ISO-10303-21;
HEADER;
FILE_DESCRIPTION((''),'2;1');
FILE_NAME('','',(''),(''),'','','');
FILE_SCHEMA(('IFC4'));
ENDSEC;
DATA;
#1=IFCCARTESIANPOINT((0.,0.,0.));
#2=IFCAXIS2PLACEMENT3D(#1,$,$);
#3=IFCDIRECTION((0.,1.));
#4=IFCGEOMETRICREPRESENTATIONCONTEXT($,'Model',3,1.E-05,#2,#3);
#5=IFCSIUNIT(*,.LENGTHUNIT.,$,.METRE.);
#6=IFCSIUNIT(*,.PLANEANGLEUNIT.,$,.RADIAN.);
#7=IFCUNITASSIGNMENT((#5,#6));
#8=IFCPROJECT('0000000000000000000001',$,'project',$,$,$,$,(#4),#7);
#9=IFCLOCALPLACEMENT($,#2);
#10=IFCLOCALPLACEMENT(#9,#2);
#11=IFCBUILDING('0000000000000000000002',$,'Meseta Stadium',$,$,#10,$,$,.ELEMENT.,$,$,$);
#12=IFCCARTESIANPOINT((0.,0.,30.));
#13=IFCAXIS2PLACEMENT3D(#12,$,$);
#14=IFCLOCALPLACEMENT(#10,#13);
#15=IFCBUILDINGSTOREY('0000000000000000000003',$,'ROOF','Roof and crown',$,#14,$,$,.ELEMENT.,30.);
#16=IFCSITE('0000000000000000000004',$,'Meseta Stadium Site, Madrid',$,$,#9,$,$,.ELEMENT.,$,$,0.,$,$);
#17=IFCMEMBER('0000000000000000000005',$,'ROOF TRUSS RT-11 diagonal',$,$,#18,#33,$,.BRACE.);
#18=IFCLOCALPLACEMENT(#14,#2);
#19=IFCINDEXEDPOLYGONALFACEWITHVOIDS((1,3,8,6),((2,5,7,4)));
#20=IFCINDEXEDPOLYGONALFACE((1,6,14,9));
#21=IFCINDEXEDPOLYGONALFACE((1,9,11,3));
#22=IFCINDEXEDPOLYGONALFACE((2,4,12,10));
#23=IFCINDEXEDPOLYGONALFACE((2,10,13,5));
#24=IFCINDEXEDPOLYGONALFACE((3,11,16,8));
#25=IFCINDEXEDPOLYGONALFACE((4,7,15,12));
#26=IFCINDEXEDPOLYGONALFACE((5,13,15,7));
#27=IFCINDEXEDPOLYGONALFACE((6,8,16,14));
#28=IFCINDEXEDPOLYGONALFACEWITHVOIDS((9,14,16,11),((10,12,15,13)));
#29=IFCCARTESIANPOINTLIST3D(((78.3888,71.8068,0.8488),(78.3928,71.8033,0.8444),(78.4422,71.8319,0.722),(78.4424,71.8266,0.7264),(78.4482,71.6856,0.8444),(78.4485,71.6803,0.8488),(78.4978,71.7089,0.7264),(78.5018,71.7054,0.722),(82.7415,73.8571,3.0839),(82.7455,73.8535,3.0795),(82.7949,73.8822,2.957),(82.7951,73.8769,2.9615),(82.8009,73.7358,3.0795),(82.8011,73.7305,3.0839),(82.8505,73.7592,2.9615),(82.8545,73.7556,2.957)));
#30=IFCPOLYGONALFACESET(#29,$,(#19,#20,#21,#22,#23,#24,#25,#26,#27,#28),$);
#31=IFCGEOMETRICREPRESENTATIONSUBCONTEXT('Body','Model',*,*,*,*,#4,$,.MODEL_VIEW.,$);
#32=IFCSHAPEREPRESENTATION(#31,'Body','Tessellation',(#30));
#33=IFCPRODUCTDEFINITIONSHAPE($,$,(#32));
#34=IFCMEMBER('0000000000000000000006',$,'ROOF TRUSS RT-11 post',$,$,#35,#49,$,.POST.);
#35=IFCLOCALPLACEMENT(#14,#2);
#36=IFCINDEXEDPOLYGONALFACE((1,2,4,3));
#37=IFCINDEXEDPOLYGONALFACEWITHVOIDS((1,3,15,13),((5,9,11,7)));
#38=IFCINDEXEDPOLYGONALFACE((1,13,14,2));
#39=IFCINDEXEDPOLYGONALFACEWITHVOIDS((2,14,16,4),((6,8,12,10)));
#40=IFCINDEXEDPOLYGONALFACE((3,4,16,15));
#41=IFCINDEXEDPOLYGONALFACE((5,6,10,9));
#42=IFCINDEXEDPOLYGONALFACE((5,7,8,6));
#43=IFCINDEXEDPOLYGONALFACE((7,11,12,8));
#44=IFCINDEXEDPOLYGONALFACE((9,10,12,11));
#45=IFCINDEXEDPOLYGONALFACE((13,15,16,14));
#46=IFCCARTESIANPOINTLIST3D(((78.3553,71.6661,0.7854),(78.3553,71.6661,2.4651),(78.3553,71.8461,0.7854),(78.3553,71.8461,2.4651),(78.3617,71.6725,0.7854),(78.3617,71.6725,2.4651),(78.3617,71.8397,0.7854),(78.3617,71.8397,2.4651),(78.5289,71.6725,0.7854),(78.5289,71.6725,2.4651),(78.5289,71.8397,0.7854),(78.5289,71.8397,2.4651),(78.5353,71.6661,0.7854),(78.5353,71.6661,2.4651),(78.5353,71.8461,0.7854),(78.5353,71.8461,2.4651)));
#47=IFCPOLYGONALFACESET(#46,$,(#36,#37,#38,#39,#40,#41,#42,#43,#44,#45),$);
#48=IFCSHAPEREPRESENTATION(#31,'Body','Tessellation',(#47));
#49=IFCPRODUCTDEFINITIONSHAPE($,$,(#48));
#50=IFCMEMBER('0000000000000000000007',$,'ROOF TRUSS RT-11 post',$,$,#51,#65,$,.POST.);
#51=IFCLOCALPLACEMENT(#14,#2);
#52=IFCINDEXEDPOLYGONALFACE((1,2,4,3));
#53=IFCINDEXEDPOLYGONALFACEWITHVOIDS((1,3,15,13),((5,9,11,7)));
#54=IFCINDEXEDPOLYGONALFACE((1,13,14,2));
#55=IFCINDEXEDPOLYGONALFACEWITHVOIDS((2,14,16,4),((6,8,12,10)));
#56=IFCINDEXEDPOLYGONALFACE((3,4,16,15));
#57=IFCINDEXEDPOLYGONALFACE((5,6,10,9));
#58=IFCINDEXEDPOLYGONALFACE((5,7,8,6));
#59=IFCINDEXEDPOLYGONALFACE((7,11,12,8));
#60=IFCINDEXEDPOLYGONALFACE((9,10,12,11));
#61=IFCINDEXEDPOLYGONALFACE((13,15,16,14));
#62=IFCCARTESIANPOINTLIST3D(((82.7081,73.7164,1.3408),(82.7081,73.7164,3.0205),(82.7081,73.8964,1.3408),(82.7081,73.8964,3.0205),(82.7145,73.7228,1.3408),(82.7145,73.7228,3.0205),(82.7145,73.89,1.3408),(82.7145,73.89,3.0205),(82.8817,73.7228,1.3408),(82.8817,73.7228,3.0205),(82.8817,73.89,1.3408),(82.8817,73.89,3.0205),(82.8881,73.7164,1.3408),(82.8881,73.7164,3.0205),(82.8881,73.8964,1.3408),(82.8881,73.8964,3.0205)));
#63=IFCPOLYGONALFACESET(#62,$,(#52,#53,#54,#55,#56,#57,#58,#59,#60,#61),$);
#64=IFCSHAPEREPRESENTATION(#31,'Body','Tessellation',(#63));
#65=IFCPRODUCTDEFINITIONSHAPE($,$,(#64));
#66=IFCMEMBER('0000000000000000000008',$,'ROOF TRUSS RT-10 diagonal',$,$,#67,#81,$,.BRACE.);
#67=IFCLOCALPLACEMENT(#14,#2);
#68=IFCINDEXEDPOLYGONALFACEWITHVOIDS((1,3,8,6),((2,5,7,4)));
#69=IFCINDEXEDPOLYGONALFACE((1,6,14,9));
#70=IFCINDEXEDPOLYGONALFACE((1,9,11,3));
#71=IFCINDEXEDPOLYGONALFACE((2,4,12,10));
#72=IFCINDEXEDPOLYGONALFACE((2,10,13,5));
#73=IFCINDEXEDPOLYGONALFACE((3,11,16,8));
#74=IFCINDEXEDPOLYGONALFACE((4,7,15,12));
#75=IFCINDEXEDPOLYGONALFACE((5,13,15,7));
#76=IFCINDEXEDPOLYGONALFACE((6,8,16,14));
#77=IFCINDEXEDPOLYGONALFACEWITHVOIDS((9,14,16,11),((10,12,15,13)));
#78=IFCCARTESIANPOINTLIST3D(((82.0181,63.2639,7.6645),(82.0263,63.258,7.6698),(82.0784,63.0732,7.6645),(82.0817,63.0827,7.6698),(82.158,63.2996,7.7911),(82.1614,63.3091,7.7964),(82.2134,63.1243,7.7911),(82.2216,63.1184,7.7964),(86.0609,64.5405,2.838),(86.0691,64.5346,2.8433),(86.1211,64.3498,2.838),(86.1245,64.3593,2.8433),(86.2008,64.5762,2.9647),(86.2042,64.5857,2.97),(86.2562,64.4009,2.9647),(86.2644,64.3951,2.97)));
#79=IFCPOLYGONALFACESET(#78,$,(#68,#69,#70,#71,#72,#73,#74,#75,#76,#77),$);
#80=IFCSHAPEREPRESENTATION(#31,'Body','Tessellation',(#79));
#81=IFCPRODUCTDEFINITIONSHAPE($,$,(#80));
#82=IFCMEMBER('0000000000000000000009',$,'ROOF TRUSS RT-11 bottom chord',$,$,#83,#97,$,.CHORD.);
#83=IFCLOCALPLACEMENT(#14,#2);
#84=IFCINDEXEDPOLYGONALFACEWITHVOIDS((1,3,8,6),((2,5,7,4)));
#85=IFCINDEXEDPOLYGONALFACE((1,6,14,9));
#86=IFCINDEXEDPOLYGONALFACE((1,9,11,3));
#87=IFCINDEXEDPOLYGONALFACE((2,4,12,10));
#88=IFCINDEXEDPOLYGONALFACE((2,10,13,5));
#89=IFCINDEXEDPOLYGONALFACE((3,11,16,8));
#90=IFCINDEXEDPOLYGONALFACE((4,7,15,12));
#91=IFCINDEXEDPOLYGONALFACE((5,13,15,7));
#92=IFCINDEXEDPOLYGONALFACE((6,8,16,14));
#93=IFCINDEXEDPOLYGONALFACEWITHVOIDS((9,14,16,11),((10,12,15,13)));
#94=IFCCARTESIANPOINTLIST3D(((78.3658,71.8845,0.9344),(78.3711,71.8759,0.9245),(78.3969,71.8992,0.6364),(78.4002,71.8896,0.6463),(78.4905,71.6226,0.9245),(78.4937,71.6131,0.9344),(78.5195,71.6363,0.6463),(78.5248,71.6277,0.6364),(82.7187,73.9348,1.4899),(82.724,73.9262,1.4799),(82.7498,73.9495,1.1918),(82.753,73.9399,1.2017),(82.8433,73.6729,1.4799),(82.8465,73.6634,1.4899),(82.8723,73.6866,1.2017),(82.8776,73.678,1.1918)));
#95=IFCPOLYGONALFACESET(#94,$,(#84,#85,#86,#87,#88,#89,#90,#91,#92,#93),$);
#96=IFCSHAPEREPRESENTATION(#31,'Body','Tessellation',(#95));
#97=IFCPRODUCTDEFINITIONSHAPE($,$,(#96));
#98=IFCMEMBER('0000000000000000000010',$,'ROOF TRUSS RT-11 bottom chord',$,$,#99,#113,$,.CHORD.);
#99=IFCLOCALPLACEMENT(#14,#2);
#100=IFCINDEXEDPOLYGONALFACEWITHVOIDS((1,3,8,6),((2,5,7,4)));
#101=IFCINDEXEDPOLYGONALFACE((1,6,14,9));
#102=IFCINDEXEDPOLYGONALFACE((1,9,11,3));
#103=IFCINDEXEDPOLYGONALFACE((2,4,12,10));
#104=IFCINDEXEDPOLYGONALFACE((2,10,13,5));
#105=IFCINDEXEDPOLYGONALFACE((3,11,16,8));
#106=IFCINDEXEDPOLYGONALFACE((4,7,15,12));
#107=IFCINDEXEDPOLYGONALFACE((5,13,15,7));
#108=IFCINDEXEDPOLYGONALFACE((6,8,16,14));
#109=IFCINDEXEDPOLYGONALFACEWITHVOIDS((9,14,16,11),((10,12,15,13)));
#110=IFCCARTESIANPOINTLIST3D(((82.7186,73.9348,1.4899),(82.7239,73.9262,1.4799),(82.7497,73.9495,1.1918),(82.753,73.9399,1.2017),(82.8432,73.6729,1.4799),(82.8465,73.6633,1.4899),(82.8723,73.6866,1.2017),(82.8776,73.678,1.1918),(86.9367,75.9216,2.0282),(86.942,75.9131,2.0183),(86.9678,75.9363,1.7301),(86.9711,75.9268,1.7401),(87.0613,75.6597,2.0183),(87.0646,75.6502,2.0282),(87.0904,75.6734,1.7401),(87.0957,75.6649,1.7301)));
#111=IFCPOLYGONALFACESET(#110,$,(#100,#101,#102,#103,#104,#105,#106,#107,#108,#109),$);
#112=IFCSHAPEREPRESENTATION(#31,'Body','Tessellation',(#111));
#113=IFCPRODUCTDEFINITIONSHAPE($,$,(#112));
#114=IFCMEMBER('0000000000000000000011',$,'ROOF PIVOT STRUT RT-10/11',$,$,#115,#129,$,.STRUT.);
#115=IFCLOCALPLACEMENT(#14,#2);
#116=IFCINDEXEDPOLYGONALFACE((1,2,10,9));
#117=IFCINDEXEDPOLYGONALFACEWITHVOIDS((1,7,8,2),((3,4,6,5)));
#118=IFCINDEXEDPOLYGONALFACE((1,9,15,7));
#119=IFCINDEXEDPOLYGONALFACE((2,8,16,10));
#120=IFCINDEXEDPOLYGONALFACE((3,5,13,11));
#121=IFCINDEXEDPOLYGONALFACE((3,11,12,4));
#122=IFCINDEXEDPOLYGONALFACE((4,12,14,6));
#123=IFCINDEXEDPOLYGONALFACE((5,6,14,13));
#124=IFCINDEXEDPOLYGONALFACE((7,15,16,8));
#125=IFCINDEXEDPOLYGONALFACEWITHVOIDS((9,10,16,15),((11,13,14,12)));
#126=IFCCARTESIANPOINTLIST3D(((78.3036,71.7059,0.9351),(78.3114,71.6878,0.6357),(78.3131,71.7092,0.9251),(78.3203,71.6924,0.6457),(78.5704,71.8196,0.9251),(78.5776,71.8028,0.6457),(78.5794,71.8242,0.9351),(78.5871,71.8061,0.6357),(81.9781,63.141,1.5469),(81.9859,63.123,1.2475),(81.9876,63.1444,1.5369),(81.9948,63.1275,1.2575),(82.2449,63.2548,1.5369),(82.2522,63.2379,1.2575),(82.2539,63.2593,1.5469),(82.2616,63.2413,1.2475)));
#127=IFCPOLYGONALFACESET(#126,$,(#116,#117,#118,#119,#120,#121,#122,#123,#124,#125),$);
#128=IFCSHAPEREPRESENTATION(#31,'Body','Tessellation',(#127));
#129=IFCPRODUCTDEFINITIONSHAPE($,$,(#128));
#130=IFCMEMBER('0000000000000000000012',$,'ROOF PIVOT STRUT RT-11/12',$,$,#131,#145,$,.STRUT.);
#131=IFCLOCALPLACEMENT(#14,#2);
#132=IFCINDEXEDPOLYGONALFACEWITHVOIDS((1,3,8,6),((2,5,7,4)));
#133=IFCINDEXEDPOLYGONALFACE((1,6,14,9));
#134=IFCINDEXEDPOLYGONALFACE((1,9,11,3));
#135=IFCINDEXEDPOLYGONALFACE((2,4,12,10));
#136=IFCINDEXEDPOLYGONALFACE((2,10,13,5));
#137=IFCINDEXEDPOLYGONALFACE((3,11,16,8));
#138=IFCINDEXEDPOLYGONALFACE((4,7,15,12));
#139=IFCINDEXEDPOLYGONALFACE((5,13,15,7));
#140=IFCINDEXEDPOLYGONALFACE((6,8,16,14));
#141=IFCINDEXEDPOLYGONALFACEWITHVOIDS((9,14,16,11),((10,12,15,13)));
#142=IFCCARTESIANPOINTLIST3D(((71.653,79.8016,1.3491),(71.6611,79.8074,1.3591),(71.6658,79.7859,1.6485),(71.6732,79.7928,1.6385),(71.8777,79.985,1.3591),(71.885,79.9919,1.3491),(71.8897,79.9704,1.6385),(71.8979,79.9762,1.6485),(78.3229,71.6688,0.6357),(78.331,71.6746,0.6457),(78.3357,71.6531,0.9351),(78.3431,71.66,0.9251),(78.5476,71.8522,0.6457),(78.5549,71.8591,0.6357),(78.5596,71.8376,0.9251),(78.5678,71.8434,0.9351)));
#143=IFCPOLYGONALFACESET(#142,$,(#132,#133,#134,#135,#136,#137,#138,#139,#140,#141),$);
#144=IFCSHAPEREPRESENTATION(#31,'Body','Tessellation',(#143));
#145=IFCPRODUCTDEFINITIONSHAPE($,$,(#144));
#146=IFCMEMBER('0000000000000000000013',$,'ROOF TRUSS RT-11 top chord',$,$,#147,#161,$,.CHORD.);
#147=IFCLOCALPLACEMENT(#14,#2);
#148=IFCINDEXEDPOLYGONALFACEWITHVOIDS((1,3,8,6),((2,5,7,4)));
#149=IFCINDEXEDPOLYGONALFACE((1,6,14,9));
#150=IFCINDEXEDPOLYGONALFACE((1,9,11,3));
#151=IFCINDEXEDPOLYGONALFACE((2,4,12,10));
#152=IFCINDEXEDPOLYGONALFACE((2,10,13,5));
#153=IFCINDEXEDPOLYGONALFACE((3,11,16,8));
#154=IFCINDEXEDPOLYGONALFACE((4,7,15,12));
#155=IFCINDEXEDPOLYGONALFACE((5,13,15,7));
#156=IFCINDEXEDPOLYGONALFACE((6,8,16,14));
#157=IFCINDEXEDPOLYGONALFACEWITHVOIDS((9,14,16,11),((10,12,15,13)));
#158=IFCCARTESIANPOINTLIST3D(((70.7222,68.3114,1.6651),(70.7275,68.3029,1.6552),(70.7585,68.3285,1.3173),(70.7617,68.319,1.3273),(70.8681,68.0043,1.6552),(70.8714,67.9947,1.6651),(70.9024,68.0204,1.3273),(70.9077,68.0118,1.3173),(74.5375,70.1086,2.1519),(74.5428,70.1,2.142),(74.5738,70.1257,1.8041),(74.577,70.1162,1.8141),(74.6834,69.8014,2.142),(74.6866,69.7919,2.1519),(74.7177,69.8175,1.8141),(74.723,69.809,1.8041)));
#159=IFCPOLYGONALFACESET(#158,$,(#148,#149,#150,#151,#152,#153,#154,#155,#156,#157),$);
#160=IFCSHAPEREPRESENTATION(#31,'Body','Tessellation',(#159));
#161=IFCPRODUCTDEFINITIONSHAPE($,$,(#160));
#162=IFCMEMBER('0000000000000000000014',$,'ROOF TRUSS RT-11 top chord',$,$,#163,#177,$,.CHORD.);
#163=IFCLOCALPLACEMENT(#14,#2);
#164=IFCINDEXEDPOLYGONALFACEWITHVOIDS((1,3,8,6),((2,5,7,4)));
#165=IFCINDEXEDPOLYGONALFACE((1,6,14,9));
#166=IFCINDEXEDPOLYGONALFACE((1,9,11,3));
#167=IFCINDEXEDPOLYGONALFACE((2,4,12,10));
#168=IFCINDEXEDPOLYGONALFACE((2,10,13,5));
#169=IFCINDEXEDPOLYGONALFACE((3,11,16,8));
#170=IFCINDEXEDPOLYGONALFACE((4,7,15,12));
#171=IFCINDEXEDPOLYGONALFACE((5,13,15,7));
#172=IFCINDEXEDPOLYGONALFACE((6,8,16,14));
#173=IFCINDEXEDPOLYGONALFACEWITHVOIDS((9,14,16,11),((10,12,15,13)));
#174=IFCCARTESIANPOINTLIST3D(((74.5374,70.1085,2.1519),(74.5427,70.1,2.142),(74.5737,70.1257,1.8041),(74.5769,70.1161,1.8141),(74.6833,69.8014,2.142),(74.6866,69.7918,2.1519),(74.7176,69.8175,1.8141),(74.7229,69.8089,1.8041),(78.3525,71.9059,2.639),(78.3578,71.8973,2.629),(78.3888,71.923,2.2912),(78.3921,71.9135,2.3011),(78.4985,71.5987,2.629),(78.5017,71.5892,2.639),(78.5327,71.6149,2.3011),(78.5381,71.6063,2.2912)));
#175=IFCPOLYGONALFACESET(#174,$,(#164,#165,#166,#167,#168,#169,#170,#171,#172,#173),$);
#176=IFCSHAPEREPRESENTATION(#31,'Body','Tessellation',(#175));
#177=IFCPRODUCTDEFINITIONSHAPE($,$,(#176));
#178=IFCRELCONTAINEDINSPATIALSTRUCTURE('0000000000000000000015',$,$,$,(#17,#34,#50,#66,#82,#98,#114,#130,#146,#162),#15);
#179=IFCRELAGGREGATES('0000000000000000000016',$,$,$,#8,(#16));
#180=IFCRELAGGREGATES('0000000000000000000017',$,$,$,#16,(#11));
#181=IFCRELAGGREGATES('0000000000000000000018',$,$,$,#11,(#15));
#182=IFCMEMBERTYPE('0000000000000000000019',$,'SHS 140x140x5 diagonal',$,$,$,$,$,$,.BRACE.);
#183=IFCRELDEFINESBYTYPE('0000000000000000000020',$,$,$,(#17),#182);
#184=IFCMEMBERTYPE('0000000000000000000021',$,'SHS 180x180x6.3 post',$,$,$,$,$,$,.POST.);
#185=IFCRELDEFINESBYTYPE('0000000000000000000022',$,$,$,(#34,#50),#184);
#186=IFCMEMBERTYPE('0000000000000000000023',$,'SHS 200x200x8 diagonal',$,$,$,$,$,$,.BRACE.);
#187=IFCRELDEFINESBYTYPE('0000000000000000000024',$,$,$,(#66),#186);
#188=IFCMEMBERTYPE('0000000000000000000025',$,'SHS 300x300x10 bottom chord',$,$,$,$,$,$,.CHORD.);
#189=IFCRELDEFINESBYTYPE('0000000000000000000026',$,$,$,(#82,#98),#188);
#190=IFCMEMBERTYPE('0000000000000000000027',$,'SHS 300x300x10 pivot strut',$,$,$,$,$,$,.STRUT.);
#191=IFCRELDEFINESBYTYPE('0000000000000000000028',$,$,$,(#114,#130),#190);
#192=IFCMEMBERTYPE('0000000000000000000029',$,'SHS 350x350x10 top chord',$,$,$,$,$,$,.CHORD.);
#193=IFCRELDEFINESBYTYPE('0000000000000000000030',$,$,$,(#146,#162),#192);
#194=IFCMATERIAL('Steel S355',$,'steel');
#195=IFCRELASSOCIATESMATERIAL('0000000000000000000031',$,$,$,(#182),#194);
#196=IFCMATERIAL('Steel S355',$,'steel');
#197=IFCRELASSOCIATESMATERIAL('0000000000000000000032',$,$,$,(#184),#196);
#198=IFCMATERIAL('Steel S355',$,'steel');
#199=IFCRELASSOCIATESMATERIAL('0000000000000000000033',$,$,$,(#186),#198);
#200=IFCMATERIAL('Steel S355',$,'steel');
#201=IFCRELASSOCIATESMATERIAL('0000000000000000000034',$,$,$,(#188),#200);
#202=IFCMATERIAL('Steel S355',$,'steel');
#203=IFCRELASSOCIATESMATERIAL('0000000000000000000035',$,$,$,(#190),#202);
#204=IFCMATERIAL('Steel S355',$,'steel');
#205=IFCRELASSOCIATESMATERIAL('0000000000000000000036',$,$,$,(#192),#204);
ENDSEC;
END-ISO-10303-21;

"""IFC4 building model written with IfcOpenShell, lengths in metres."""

from ifc_helpers import new_model, si_unit, direction, frame, origin, origin_2d, place, context, subcontext, project, spatial, hollow_rectangle, extrude, material, material_profile, profile_set, type_object, element, save


model = new_model("IFC4")

# Units and contexts
model_context = context("Model", 3, precision=1e-05, world=origin(), true_north=direction((0.0, 1.0)))
body_context = subcontext(model_context, "Body", "Model", "MODEL_VIEW")
ifc_project = project(units=[si_unit("LENGTHUNIT", "METRE"), si_unit("PLANEANGLEUNIT", "RADIAN")], contexts=[model_context])

# Site, building, storey
site_placement = place(None, origin())
site = spatial("IfcSite", under=ifc_project, at=site_placement, Name="Meseta Stadium Site, Madrid", CompositionType="ELEMENT", RefElevation=0.0)
building_placement = place(site_placement, origin())
building = spatial("IfcBuilding", under=site, at=building_placement, Name="Meseta Stadium", CompositionType="ELEMENT")
storey_placement = place(building_placement, frame((0.0, 0.0, 30.0)))
storey = spatial("IfcBuildingStorey", under=building, at=storey_placement, Name="ROOF", Description="Roof and crown", CompositionType="ELEMENT", Elevation=30.0)

# Members
ifc_material_1 = material(Name="Steel S355", Category="steel")
ifc_material_profile_1 = material_profile(ifc_material_1, hollow_rectangle(XDim=0.1399, YDim=0.1399, WallThickness=0.0049, at=origin_2d()), Name="SHS 140x140x5")
ifc_profile_set_1 = profile_set([ifc_material_profile_1], Name="Steel S355")
member_type_1 = type_object("IfcMemberType", Name="SHS 140x140x5 diagonal", PredefinedType="BRACE", material=ifc_profile_set_1)
member_1_placement = place(storey_placement, frame((78.4453, 71.7561, 0.7854), z_axis=(0.820461, 0.386462, 0.421298), x_axis=(-0.426124, 0.904665, 0.0)))
element("IfcMember", 1, at=member_1_placement, inside=storey, type_object=member_type_1, Name="ROOF TRUSS RT-11 diagonal", PredefinedType="BRACE", context=body_context, shape_type="SweptSolid", body=[
    extrude(hollow_rectangle(XDim=0.1399, YDim=0.1399, WallThickness=0.0049, at=origin_2d()), origin(), (0.0, 0.0, 1.0), 5.3052),
])
ifc_material_2 = material(Name="Steel S355", Category="steel")
ifc_material_profile_2 = material_profile(ifc_material_2, hollow_rectangle(XDim=0.1799, YDim=0.1799, WallThickness=0.0063, at=origin_2d()), Name="SHS 180x180x6.3")
ifc_profile_set_2 = profile_set([ifc_material_profile_2], Name="Steel S355")
member_type_2 = type_object("IfcMemberType", Name="SHS 180x180x6.3 post", PredefinedType="POST", material=ifc_profile_set_2)
for number, where, z_axis, x_axis, name in (
    (2, (78.4453, 71.7561, 0.7854), (0.0, 0.0, 1.0), (1.0, 0.0, 0.0), "ROOF TRUSS RT-11 post"),
    (3, (82.7981, 73.8064, 1.3408), (0.0, 0.0, 1.0), (1.0, 0.0, 0.0), "ROOF TRUSS RT-11 post"),
):
    element("IfcMember", number, at=place(storey_placement, frame(where, z_axis=z_axis, x_axis=x_axis)), inside=storey, type_object=member_type_2, Name=name, PredefinedType="POST", context=body_context, shape_type="SweptSolid", body=[
        extrude(hollow_rectangle(XDim=0.1799, YDim=0.1799, WallThickness=0.0063, at=origin_2d()), origin(), (0.0, 0.0, 1.0), 1.6797),
    ])
ifc_material_3 = material(Name="Steel S355", Category="steel")
ifc_material_profile_3 = material_profile(ifc_material_3, hollow_rectangle(XDim=0.2, YDim=0.2, WallThickness=0.0081, at=origin_2d()), Name="SHS 200x200x8")
ifc_profile_set_3 = profile_set([ifc_material_profile_3], Name="Steel S355")
member_type_3 = type_object("IfcMemberType", Name="SHS 200x200x8 diagonal", PredefinedType="BRACE", material=ifc_profile_set_3)
member_2_placement = place(storey_placement, frame((82.1199, 63.1912, 7.7305), z_axis=(0.629317, 0.198726, -0.751311), x_axis=(-0.301123, 0.953585, 0.0)))
element("IfcMember", 4, at=member_2_placement, inside=storey, type_object=member_type_3, Name="ROOF TRUSS RT-10 diagonal", PredefinedType="BRACE", context=body_context, shape_type="SweptSolid", body=[
    extrude(hollow_rectangle(XDim=0.2, YDim=0.2, WallThickness=0.0081, at=origin_2d()), origin(), (0.0, 0.0, 1.0), 6.4241),
])
ifc_material_4 = material(Name="Steel S355", Category="steel")
ifc_material_profile_4 = material_profile(ifc_material_4, hollow_rectangle(XDim=0.3, YDim=0.3, WallThickness=0.01, at=origin_2d()), Name="SHS 300x300x10")
ifc_profile_set_4 = profile_set([ifc_material_profile_4], Name="Steel S355")
member_type_4 = type_object("IfcMemberType", Name="SHS 300x300x10 bottom chord", PredefinedType="CHORD", material=ifc_profile_set_4)
member_3_placement = place(storey_placement, frame((78.4453, 71.7561, 0.7854), z_axis=(0.898697, 0.423313, 0.114675), x_axis=(-0.426124, 0.904665, 0.0)))
element("IfcMember", 5, at=member_3_placement, inside=storey, type_object=member_type_4, Name="ROOF TRUSS RT-11 bottom chord", PredefinedType="CHORD", context=body_context, shape_type="SweptSolid", body=[
    extrude(hollow_rectangle(XDim=0.3, YDim=0.3, WallThickness=0.01, at=origin_2d()), origin(), (0.0, 0.0, 1.0), 4.8435),
])
member_4_placement = place(storey_placement, frame((82.7981, 73.8064, 1.3408), z_axis=(0.898694, 0.423313, 0.114697), x_axis=(-0.426125, 0.904664, 0.0)))
element("IfcMember", 6, at=member_4_placement, inside=storey, type_object=member_type_4, Name="ROOF TRUSS RT-11 bottom chord", PredefinedType="CHORD", context=body_context, shape_type="SweptSolid", body=[
    extrude(hollow_rectangle(XDim=0.3, YDim=0.3, WallThickness=0.01, at=origin_2d()), origin(), (0.0, 0.0, 1.0), 4.6936),
])
ifc_material_5 = material(Name="Steel S355", Category="steel")
ifc_material_profile_5 = material_profile(ifc_material_5, hollow_rectangle(XDim=0.3, YDim=0.3, WallThickness=0.01, at=origin_2d()), Name="SHS 300x300x10")
ifc_profile_set_5 = profile_set([ifc_material_profile_5], Name="Steel S355")
member_type_5 = type_object("IfcMemberType", Name="SHS 300x300x10 pivot strut", PredefinedType="STRUT", material=ifc_profile_set_5)
member_5_placement = place(storey_placement, frame((82.1199, 63.1912, 1.3972), z_axis=(-0.393423, 0.917021, -0.065505), x_axis=(-0.918995, -0.39427, 0.0)))
element("IfcMember", 7, at=member_5_placement, inside=storey, type_object=member_type_5, Name="ROOF PIVOT STRUT RT-10/11", PredefinedType="STRUT", context=body_context, shape_type="SweptSolid", body=[
    extrude(hollow_rectangle(XDim=0.3, YDim=0.3, WallThickness=0.01, at=origin_2d()), origin(), (0.0, 0.0, 1.0), 9.3398),
])
member_6_placement = place(storey_placement, frame((78.4453, 71.7561, 0.7854), z_axis=(-0.632684, 0.771448, 0.067668), x_axis=(-0.77322, -0.634137, 0.0)))
element("IfcMember", 8, at=member_6_placement, inside=storey, type_object=member_type_5, Name="ROOF PIVOT STRUT RT-11/12", PredefinedType="STRUT", context=body_context, shape_type="SweptSolid", body=[
    extrude(hollow_rectangle(XDim=0.3, YDim=0.3, WallThickness=0.01, at=origin_2d()), origin(), (0.0, 0.0, 1.0), 10.5422),
])
ifc_material_6 = material(Name="Steel S355", Category="steel")
ifc_material_profile_6 = material_profile(ifc_material_6, hollow_rectangle(XDim=0.3501, YDim=0.3501, WallThickness=0.01, at=origin_2d()), Name="SHS 350x350x10")
ifc_profile_set_6 = profile_set([ifc_material_profile_6], Name="Steel S355")
member_type_6 = type_object("IfcMemberType", Name="SHS 350x350x10 top chord", PredefinedType="CHORD", material=ifc_profile_set_6)
for number, where, z_axis, x_axis, name in (
    (9, (70.8149, 68.1616, 1.4912), (0.898692, 0.423323, 0.114673), (-0.426134, 0.90466, 0.0), "ROOF TRUSS RT-11 top chord"),
    (10, (74.6301, 69.9587, 1.978), (0.898664, 0.423368, 0.114727), (-0.426182, 0.904638, 0.0), "ROOF TRUSS RT-11 top chord"),
):
    element("IfcMember", number, at=place(storey_placement, frame(where, z_axis=z_axis, x_axis=x_axis)), inside=storey, type_object=member_type_6, Name=name, PredefinedType="CHORD", context=body_context, shape_type="SweptSolid", body=[
        extrude(hollow_rectangle(XDim=0.3501, YDim=0.3501, WallThickness=0.01, at=origin_2d()), origin(), (0.0, 0.0, 1.0), 4.2454),
    ])

save(model, "model.ifc")
